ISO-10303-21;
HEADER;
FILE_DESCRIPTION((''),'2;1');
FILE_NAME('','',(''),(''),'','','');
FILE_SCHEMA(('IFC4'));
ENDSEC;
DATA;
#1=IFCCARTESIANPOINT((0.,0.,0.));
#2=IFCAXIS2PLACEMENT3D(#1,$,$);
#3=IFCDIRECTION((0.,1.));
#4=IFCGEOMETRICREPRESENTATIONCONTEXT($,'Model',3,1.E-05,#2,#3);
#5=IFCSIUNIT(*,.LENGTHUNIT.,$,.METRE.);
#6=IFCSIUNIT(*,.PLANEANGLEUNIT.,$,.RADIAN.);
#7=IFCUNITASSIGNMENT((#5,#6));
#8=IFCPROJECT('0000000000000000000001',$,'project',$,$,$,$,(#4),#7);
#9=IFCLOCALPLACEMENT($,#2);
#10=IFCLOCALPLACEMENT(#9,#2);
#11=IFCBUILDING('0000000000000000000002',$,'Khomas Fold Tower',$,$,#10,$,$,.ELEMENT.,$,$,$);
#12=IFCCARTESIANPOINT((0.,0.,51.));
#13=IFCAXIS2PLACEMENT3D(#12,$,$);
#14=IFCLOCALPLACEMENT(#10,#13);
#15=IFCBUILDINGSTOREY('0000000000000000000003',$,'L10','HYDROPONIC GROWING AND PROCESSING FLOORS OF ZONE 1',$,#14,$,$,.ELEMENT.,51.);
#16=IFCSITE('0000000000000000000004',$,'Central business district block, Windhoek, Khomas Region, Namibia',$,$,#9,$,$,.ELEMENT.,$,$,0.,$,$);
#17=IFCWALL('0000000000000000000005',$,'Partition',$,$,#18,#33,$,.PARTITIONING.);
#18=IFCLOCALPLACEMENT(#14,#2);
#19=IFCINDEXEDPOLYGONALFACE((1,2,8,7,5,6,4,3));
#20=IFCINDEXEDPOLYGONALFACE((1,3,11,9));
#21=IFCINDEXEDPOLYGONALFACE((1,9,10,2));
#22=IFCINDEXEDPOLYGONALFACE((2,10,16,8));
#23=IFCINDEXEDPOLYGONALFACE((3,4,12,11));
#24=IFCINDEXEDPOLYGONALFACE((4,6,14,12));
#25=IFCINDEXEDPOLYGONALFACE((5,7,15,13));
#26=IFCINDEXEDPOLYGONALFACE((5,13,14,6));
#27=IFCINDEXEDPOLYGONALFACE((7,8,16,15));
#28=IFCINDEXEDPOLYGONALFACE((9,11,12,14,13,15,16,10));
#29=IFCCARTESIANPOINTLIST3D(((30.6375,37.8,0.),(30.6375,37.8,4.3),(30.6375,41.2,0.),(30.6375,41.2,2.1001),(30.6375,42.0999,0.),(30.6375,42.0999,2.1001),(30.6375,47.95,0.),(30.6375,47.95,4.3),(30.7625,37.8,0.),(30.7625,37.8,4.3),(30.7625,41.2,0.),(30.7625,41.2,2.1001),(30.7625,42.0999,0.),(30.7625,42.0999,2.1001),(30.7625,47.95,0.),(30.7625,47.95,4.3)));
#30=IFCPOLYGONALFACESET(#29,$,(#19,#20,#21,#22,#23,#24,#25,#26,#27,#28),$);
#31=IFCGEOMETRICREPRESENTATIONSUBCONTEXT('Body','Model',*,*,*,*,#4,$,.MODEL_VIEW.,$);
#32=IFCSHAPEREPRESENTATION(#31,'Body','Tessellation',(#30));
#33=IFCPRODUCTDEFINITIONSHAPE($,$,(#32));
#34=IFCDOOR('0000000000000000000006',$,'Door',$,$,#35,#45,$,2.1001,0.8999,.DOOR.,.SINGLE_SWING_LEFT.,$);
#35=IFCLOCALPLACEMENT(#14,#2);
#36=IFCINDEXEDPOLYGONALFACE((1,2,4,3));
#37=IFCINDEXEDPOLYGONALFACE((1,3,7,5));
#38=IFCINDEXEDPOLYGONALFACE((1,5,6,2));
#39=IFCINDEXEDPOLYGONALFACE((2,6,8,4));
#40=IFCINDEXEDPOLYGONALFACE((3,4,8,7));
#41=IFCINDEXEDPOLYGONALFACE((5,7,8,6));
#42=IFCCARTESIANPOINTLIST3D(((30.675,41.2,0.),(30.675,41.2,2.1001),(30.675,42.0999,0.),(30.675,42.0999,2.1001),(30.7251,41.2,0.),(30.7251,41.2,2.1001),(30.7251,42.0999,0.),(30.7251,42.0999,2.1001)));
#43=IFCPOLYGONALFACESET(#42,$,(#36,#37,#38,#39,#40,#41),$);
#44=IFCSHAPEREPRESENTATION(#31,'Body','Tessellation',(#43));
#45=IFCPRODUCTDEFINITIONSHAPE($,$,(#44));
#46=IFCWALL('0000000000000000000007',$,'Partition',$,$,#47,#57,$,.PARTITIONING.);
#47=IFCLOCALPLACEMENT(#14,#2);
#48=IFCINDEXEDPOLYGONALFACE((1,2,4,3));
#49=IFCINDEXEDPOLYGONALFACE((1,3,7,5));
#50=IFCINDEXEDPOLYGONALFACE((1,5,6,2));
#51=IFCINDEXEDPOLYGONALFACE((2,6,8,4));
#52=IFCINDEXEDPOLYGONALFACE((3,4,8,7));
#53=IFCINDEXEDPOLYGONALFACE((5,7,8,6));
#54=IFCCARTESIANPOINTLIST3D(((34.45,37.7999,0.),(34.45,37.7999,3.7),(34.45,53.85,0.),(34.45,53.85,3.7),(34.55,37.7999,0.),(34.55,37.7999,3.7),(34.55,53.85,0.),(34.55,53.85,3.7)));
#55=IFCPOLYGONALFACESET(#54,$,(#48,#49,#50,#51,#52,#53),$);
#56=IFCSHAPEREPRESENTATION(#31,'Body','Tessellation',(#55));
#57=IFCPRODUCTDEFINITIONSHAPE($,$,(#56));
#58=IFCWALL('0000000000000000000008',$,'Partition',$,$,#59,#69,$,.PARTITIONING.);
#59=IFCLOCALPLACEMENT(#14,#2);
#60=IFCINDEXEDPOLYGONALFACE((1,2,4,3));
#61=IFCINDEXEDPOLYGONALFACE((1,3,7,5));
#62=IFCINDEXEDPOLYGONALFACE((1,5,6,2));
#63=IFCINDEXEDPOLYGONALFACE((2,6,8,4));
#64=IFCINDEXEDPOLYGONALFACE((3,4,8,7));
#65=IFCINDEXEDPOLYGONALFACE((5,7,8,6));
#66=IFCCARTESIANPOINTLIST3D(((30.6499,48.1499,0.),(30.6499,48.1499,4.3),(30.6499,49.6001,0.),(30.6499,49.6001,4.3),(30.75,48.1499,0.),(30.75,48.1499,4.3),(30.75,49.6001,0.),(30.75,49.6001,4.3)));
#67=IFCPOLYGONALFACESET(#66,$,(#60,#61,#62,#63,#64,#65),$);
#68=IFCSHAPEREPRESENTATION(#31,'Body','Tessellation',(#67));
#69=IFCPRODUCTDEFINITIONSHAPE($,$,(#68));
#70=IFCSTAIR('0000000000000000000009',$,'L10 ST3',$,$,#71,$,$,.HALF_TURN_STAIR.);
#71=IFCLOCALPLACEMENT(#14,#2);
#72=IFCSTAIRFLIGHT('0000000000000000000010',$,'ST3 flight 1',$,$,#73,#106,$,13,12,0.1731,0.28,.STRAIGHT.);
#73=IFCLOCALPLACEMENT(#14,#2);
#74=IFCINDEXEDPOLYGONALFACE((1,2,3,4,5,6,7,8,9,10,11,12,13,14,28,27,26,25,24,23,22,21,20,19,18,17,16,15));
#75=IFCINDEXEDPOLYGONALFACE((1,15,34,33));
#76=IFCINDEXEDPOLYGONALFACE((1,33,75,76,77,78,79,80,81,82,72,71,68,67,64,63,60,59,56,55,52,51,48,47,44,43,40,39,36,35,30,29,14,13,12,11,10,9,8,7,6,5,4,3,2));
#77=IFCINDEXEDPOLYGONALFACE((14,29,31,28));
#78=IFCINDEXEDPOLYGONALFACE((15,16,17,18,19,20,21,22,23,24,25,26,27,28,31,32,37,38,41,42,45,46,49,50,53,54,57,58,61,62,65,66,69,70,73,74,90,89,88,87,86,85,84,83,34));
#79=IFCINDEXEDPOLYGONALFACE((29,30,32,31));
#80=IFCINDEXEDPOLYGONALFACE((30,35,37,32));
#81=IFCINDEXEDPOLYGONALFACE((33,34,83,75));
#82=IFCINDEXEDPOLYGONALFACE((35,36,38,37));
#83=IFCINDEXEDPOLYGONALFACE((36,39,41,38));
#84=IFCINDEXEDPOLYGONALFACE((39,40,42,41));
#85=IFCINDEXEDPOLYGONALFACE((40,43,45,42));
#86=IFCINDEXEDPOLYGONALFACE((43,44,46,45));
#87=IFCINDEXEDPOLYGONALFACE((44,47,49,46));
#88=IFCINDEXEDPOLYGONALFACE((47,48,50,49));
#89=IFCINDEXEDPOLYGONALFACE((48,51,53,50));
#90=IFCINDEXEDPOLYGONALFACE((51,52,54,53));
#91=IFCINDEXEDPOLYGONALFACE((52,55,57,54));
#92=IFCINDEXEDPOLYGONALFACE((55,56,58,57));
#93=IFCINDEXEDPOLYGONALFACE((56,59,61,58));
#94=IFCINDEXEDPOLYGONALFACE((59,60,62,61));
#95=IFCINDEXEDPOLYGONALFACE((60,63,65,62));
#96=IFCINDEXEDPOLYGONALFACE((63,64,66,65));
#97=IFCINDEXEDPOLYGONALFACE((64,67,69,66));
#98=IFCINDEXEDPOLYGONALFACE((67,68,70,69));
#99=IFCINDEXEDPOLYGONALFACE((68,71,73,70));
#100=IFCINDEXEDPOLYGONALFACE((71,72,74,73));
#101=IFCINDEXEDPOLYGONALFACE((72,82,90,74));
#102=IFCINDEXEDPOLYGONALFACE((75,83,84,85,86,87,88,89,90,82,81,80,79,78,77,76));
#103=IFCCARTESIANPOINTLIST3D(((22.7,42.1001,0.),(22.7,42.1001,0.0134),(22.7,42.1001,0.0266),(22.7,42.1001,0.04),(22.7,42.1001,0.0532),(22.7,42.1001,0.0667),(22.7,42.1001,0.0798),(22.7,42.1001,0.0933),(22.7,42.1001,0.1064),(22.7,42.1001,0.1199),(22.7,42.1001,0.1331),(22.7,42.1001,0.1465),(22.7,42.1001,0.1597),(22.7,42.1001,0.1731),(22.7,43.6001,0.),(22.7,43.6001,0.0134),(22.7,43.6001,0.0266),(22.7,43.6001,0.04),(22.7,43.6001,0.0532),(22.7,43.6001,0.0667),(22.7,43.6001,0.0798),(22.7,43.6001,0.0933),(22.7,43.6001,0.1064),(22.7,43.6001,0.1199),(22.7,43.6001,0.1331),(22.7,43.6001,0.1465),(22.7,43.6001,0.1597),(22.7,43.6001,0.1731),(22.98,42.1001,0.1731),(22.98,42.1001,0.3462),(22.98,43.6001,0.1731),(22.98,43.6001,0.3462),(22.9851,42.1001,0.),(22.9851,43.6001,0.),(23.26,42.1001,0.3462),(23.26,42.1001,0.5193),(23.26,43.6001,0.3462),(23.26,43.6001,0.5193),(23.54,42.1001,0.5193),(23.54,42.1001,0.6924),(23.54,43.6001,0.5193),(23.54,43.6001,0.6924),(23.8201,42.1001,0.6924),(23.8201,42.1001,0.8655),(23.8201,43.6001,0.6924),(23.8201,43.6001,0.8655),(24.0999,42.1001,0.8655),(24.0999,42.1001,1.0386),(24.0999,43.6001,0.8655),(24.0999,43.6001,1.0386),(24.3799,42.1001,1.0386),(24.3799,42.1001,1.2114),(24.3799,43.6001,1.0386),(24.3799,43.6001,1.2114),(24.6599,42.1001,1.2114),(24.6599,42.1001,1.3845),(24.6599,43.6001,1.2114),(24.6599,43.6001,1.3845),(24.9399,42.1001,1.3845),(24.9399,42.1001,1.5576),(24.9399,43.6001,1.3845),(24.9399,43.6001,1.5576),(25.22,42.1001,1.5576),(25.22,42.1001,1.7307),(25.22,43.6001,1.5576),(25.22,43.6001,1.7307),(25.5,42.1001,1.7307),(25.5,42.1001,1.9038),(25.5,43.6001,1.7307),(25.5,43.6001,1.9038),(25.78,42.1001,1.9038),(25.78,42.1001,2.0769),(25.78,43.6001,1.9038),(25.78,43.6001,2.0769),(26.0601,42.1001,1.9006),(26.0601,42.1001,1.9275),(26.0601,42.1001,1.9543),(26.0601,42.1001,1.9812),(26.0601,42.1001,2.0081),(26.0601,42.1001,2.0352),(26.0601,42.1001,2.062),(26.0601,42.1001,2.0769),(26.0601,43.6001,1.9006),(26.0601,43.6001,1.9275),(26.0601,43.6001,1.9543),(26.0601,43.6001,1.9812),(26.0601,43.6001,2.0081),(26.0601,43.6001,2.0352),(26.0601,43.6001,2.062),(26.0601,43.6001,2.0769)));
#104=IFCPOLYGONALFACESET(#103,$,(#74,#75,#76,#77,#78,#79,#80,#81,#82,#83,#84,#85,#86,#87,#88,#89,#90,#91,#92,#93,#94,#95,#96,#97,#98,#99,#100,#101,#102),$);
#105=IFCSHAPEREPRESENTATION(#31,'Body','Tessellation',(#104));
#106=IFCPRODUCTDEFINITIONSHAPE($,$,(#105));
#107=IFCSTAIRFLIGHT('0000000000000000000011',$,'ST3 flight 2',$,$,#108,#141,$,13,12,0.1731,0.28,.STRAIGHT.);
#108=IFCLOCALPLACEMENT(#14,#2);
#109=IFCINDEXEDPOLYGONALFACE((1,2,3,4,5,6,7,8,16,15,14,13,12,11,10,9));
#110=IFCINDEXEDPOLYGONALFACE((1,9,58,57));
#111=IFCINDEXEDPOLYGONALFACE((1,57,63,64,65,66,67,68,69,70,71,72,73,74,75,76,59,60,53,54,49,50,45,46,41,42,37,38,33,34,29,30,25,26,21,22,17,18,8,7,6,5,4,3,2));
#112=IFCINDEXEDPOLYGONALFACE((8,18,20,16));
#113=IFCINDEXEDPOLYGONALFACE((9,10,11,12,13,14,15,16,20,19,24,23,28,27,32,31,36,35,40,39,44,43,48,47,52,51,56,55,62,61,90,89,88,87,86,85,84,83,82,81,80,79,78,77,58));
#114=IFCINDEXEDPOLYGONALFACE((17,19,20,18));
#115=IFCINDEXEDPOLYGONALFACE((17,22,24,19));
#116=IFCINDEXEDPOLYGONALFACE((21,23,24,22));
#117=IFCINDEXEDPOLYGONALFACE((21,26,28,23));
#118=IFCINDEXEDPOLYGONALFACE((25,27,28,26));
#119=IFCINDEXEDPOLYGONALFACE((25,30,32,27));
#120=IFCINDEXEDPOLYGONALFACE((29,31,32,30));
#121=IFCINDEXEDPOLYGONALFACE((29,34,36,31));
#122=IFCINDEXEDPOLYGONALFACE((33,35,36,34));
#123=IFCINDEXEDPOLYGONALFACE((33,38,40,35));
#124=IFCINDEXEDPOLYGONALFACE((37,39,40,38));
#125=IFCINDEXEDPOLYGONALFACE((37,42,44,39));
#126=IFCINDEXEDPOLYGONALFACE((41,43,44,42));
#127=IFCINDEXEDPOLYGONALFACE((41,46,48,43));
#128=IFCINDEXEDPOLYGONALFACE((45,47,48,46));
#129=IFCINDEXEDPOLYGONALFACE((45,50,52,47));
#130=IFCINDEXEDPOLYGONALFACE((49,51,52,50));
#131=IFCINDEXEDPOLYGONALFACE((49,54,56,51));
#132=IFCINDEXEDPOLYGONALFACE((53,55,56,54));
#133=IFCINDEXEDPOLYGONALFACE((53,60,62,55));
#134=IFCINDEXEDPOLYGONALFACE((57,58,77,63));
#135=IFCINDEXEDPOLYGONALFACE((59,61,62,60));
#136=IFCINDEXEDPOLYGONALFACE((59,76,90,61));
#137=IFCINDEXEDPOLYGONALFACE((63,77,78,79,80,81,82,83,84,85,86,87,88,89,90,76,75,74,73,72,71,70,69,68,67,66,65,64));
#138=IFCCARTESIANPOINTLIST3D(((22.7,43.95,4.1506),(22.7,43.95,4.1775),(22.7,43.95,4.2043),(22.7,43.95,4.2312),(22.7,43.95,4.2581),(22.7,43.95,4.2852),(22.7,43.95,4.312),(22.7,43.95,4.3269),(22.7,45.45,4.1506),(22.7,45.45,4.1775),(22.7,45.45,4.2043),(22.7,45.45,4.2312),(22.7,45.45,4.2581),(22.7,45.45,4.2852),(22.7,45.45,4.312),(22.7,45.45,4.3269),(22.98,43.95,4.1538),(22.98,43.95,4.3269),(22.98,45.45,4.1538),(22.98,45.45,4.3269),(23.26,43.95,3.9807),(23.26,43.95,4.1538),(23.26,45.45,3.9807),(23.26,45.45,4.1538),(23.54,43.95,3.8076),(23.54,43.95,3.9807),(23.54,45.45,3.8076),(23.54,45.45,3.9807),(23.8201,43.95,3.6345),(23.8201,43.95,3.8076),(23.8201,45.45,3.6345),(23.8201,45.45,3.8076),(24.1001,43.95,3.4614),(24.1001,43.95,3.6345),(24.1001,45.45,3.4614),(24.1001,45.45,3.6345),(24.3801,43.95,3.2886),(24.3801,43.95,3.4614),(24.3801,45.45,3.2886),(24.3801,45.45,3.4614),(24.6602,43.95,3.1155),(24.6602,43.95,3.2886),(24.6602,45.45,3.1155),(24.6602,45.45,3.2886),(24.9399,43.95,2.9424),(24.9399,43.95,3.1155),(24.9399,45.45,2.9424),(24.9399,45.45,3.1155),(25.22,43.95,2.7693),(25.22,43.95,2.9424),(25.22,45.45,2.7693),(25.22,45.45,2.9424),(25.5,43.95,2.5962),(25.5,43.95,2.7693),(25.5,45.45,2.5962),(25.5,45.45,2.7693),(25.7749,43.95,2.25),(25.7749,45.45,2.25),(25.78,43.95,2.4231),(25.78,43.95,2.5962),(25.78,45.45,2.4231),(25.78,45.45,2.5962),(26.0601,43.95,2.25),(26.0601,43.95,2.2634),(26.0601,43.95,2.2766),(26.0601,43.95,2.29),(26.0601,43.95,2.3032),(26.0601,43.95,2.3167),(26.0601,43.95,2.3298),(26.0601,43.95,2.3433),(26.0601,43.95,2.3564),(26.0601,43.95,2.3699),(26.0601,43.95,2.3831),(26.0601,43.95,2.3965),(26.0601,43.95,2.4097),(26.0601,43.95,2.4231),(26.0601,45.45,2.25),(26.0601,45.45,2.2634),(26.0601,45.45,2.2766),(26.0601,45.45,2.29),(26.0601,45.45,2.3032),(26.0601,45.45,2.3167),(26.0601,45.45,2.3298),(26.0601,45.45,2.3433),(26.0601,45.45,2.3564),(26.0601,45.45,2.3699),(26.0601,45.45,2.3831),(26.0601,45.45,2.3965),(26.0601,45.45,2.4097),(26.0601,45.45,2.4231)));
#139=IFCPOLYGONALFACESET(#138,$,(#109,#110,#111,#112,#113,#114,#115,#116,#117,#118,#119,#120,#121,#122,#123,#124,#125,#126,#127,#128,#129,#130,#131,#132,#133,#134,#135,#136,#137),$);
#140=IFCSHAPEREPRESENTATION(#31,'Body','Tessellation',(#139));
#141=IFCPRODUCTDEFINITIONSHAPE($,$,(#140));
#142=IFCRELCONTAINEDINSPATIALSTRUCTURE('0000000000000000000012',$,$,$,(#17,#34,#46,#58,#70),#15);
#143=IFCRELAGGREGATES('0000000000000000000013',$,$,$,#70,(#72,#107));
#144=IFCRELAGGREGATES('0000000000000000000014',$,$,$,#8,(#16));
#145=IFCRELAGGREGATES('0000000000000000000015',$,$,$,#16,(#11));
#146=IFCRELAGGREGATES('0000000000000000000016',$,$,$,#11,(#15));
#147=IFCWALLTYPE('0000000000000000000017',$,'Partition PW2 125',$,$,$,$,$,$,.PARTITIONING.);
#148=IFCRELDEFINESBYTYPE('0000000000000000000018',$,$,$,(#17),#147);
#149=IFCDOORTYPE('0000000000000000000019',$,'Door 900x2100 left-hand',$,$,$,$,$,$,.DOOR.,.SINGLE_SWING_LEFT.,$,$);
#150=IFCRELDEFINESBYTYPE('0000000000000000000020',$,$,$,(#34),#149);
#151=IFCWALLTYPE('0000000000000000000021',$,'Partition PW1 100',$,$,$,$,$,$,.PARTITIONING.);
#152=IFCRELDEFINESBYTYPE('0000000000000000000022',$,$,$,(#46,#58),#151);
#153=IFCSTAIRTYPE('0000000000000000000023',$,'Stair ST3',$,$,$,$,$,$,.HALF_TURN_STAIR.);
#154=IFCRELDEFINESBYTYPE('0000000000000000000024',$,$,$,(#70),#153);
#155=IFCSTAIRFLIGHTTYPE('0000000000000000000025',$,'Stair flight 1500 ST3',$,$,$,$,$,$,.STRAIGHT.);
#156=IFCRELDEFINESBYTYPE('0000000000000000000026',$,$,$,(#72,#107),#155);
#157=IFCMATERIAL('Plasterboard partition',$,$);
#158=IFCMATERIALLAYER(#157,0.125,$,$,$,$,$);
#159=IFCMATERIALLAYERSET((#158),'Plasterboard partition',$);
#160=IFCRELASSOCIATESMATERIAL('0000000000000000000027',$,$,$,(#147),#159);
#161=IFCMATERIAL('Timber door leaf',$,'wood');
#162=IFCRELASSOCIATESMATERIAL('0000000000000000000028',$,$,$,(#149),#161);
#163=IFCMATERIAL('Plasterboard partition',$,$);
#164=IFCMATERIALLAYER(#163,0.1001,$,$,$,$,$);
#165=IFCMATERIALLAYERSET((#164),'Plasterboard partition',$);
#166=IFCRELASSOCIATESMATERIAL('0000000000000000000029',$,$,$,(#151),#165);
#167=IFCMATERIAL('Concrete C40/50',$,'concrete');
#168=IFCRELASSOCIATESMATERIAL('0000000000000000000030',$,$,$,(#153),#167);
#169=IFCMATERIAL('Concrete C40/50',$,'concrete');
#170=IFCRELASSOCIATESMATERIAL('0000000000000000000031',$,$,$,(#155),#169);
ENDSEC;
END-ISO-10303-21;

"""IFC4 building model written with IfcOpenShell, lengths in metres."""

from ifc_helpers import new_model, si_unit, direction, frame, frame_2d, origin, place, context, subcontext, project, spatial, polyline, rectangle, outline, extrude, source, transform, mapped, material, layer, layer_set, type_object, element, fill, aggregate, save


model = new_model("IFC4")

# Units and contexts
model_context = context("Model", 3, precision=1e-05, world=origin(), true_north=direction((0.0, 1.0)))
body_context = subcontext(model_context, "Body", "Model", "MODEL_VIEW")
ifc_project = project(units=[si_unit("LENGTHUNIT", "METRE"), si_unit("PLANEANGLEUNIT", "RADIAN")], contexts=[model_context])

# Site, building, storey
site_placement = place(None, origin())
site = spatial("IfcSite", under=ifc_project, at=site_placement, Name="Central business district block, Windhoek, Khomas Region, Namibia", CompositionType="ELEMENT", RefElevation=0.0)
building_placement = place(site_placement, origin())
building = spatial("IfcBuilding", under=site, at=building_placement, Name="Khomas Fold Tower", CompositionType="ELEMENT")
storey_placement = place(building_placement, frame((0.0, 0.0, 51.0)))
storey = spatial("IfcBuildingStorey", under=building, at=storey_placement, Name="L10", Description="HYDROPONIC GROWING AND PROCESSING FLOORS OF ZONE 1", CompositionType="ELEMENT", Elevation=51.0)

# Shared definitions
ifc_material_1 = material(Name="Plasterboard partition")
ifc_layer_1 = layer(ifc_material_1, 0.125)
ifc_layer_set_1 = layer_set([ifc_layer_1], Name="Plasterboard partition")
wall_type_1 = type_object("IfcWallType", Name="Partition PW2 125", PredefinedType="PARTITIONING", material=ifc_layer_set_1)

# Wall, opening, door
shared_shape_1 = source(origin(), body_context, "Body", "SweptSolid", [
    extrude(rectangle(XDim=10.1499, YDim=0.125, at=frame_2d((5.075, 0.0))), origin(), (0.0, 0.0, 1.0), 4.3),
])
wall_1_placement = place(storey_placement, frame((30.7, 37.8, 0.0), z_axis=(0.0, 0.0, 1.0), x_axis=(0.0, 1.0, 0.0)))
wall_1 = element("IfcWall", 1, at=wall_1_placement, inside=storey, type_object=wall_type_1, Name="Partition", PredefinedType="PARTITIONING", context=body_context, shape_type="MappedRepresentation", body=[
    mapped(shared_shape_1, transform((0.0, 0.0, 0.0))),
])
shared_shape_2 = source(origin(), body_context, "Body", "SweptSolid", [
    extrude(rectangle(XDim=0.8999, YDim=2.1001, at=frame_2d((0.45, 1.05))), frame((0.0, 0.0725, 0.0), z_axis=(0.0, -1.0, 0.0), x_axis=(1.0, 0.0, 0.0)), (0.0, 0.0, 1.0), 0.145),
])
opening_1_placement = place(wall_1_placement, frame((3.3999, 0.0, 0.0)))
opening_1 = element("IfcOpeningElement", 2, at=opening_1_placement, cuts=wall_1, PredefinedType="OPENING", context=body_context, shape_type="MappedRepresentation", body=[
    mapped(shared_shape_2, transform((0.0, 0.0, 0.0))),
])
ifc_material_2 = material(Name="Timber door leaf", Category="wood")
door_type_1 = type_object("IfcDoorType", Name="Door 900x2100 left-hand", OperationType="SINGLE_SWING_LEFT", PredefinedType="DOOR", material=ifc_material_2)
shared_shape_3 = source(origin(), body_context, "Body", "SweptSolid", [
    extrude(rectangle(XDim=0.8999, YDim=2.1001, at=frame_2d((0.45, 1.05))), frame((0.0, 0.0249, 0.0), z_axis=(0.0, -1.0, 0.0), x_axis=(1.0, 0.0, 0.0)), (0.0, 0.0, 1.0), 0.05),
])
door_1_placement = place(opening_1_placement, origin())
door_1 = element("IfcDoor", 3, at=door_1_placement, inside=storey, type_object=door_type_1, Name="Door", OperationType="SINGLE_SWING_LEFT", OverallHeight=2.1001, OverallWidth=0.8999, PredefinedType="DOOR", context=body_context, shape_type="MappedRepresentation", body=[
    mapped(shared_shape_3, transform((0.0, 0.0, 0.0))),
])
fill(opening_1, door_1)

# Walls
ifc_material_3 = material(Name="Plasterboard partition")
ifc_layer_2 = layer(ifc_material_3, 0.1001)
ifc_layer_set_2 = layer_set([ifc_layer_2], Name="Plasterboard partition")
wall_type_2 = type_object("IfcWallType", Name="Partition PW1 100", PredefinedType="PARTITIONING", material=ifc_layer_set_2)
shared_shape_4 = source(origin(), body_context, "Body", "SweptSolid", [
    extrude(rectangle(XDim=16.05, YDim=0.1001, at=frame_2d((8.0249, 0.0))), origin(), (0.0, 0.0, 1.0), 3.7),
])
wall_2_placement = place(storey_placement, frame((34.5, 37.8, 0.0), z_axis=(0.0, 0.0, 1.0), x_axis=(0.0, 1.0, 0.0)))
element("IfcWall", 4, at=wall_2_placement, inside=storey, type_object=wall_type_2, Name="Partition", PredefinedType="PARTITIONING", context=body_context, shape_type="MappedRepresentation", body=[
    mapped(shared_shape_4, transform((0.0, 0.0, 0.0))),
])
shared_shape_5 = source(origin(), body_context, "Body", "SweptSolid", [
    extrude(rectangle(XDim=1.4502, YDim=0.1001, at=frame_2d((0.7251, 0.0))), origin(), (0.0, 0.0, 1.0), 4.3),
])
wall_3_placement = place(storey_placement, frame((30.7, 48.1499, 0.0), z_axis=(0.0, 0.0, 1.0), x_axis=(0.0, 1.0, 0.0)))
element("IfcWall", 5, at=wall_3_placement, inside=storey, type_object=wall_type_2, Name="Partition", PredefinedType="PARTITIONING", context=body_context, shape_type="MappedRepresentation", body=[
    mapped(shared_shape_5, transform((0.0, 0.0, 0.0))),
])

# Stair, stair flights
ifc_material_4 = material(Name="Concrete C40/50", Category="concrete")
stair_type = type_object("IfcStairType", Name="Stair ST3", PredefinedType="HALF_TURN_STAIR", material=ifc_material_4)
stair_placement = place(storey_placement, origin())
stair = element("IfcStair", 6, at=stair_placement, inside=storey, type_object=stair_type, Name="L10 ST3", PredefinedType="HALF_TURN_STAIR")
ifc_material_5 = material(Name="Concrete C40/50", Category="concrete")
stair_flight_type = type_object("IfcStairFlightType", Name="Stair flight 1500 ST3", PredefinedType="STRAIGHT", material=ifc_material_5)
shared_shape_6 = source(origin(), body_context, "Body", "SweptSolid", [
    extrude(outline(polyline([(0.0, 0.0), (0.0, 0.0134), (0.0, 0.0266), (0.0, 0.04), (0.0, 0.0532), (0.0, 0.0667), (0.0, 0.0798), (0.0, 0.0933), (0.0, 0.1064), (0.0, 0.1199), (0.0, 0.1331), (0.0, 0.1465), (0.0, 0.1597), (0.0, 0.1731), (0.28, 0.1731), (0.28, 0.3462), (0.5601, 0.3462), (0.5601, 0.5193), (0.8401, 0.5193), (0.8401, 0.6924), (1.1201, 0.6924), (1.1201, 0.8655), (1.3999, 0.8655), (1.3999, 1.0386), (1.6799, 1.0386), (1.6799, 1.2114), (1.96, 1.2114), (1.96, 1.3845), (2.24, 1.3845), (2.24, 1.5576), (2.52, 1.5576), (2.52, 1.7307), (2.8, 1.7307), (2.8, 1.9038), (3.0801, 1.9038), (3.0801, 2.0769), (3.3601, 2.0769), (3.3601, 2.25), (3.3601, 2.2231), (3.3601, 2.1963), (3.3601, 2.1694), (3.3601, 2.1426), (3.3601, 2.1157), (3.3601, 2.0889), (3.3601, 2.062), (3.3601, 2.0352), (3.3601, 2.0081), (3.3601, 1.9812), (3.3601, 1.9543), (3.3601, 1.9275), (3.3601, 1.9006), (0.2852, 0.0), (0.0, 0.0)])), frame((0.0, 0.75, 0.0), z_axis=(0.0, -1.0, 0.0), x_axis=(1.0, 0.0, 0.0)), (0.0, 0.0, 1.0), 1.5),
])
stair_flight_1_placement = place(storey_placement, frame((22.7, 42.8501, 0.0), z_axis=(0.0, 0.0, 1.0), x_axis=(1.0, 0.0, 0.0)))
stair_flight_1 = element("IfcStairFlight", 7, at=stair_flight_1_placement, type_object=stair_flight_type, Name="ST3 flight 1", NumberOfRisers=13, NumberOfTreads=12, PredefinedType="STRAIGHT", RiserHeight=0.1731, TreadLength=0.28, context=body_context, shape_type="MappedRepresentation", body=[
    mapped(shared_shape_6, transform((0.0, 0.0, 0.0))),
])
stair_flight_2_placement = place(storey_placement, frame((26.0601, 44.7, 2.25), z_axis=(0.0, 0.0, 1.0), x_axis=(-1.0, 0.0, 0.0)))
stair_flight_2 = element("IfcStairFlight", 8, at=stair_flight_2_placement, type_object=stair_flight_type, Name="ST3 flight 2", NumberOfRisers=13, NumberOfTreads=12, PredefinedType="STRAIGHT", RiserHeight=0.1731, TreadLength=0.28, context=body_context, shape_type="MappedRepresentation", body=[
    mapped(shared_shape_6, transform((0.0, 0.0, 0.0))),
])
aggregate(stair, [stair_flight_1, stair_flight_2])

save(model, "model.ifc")
